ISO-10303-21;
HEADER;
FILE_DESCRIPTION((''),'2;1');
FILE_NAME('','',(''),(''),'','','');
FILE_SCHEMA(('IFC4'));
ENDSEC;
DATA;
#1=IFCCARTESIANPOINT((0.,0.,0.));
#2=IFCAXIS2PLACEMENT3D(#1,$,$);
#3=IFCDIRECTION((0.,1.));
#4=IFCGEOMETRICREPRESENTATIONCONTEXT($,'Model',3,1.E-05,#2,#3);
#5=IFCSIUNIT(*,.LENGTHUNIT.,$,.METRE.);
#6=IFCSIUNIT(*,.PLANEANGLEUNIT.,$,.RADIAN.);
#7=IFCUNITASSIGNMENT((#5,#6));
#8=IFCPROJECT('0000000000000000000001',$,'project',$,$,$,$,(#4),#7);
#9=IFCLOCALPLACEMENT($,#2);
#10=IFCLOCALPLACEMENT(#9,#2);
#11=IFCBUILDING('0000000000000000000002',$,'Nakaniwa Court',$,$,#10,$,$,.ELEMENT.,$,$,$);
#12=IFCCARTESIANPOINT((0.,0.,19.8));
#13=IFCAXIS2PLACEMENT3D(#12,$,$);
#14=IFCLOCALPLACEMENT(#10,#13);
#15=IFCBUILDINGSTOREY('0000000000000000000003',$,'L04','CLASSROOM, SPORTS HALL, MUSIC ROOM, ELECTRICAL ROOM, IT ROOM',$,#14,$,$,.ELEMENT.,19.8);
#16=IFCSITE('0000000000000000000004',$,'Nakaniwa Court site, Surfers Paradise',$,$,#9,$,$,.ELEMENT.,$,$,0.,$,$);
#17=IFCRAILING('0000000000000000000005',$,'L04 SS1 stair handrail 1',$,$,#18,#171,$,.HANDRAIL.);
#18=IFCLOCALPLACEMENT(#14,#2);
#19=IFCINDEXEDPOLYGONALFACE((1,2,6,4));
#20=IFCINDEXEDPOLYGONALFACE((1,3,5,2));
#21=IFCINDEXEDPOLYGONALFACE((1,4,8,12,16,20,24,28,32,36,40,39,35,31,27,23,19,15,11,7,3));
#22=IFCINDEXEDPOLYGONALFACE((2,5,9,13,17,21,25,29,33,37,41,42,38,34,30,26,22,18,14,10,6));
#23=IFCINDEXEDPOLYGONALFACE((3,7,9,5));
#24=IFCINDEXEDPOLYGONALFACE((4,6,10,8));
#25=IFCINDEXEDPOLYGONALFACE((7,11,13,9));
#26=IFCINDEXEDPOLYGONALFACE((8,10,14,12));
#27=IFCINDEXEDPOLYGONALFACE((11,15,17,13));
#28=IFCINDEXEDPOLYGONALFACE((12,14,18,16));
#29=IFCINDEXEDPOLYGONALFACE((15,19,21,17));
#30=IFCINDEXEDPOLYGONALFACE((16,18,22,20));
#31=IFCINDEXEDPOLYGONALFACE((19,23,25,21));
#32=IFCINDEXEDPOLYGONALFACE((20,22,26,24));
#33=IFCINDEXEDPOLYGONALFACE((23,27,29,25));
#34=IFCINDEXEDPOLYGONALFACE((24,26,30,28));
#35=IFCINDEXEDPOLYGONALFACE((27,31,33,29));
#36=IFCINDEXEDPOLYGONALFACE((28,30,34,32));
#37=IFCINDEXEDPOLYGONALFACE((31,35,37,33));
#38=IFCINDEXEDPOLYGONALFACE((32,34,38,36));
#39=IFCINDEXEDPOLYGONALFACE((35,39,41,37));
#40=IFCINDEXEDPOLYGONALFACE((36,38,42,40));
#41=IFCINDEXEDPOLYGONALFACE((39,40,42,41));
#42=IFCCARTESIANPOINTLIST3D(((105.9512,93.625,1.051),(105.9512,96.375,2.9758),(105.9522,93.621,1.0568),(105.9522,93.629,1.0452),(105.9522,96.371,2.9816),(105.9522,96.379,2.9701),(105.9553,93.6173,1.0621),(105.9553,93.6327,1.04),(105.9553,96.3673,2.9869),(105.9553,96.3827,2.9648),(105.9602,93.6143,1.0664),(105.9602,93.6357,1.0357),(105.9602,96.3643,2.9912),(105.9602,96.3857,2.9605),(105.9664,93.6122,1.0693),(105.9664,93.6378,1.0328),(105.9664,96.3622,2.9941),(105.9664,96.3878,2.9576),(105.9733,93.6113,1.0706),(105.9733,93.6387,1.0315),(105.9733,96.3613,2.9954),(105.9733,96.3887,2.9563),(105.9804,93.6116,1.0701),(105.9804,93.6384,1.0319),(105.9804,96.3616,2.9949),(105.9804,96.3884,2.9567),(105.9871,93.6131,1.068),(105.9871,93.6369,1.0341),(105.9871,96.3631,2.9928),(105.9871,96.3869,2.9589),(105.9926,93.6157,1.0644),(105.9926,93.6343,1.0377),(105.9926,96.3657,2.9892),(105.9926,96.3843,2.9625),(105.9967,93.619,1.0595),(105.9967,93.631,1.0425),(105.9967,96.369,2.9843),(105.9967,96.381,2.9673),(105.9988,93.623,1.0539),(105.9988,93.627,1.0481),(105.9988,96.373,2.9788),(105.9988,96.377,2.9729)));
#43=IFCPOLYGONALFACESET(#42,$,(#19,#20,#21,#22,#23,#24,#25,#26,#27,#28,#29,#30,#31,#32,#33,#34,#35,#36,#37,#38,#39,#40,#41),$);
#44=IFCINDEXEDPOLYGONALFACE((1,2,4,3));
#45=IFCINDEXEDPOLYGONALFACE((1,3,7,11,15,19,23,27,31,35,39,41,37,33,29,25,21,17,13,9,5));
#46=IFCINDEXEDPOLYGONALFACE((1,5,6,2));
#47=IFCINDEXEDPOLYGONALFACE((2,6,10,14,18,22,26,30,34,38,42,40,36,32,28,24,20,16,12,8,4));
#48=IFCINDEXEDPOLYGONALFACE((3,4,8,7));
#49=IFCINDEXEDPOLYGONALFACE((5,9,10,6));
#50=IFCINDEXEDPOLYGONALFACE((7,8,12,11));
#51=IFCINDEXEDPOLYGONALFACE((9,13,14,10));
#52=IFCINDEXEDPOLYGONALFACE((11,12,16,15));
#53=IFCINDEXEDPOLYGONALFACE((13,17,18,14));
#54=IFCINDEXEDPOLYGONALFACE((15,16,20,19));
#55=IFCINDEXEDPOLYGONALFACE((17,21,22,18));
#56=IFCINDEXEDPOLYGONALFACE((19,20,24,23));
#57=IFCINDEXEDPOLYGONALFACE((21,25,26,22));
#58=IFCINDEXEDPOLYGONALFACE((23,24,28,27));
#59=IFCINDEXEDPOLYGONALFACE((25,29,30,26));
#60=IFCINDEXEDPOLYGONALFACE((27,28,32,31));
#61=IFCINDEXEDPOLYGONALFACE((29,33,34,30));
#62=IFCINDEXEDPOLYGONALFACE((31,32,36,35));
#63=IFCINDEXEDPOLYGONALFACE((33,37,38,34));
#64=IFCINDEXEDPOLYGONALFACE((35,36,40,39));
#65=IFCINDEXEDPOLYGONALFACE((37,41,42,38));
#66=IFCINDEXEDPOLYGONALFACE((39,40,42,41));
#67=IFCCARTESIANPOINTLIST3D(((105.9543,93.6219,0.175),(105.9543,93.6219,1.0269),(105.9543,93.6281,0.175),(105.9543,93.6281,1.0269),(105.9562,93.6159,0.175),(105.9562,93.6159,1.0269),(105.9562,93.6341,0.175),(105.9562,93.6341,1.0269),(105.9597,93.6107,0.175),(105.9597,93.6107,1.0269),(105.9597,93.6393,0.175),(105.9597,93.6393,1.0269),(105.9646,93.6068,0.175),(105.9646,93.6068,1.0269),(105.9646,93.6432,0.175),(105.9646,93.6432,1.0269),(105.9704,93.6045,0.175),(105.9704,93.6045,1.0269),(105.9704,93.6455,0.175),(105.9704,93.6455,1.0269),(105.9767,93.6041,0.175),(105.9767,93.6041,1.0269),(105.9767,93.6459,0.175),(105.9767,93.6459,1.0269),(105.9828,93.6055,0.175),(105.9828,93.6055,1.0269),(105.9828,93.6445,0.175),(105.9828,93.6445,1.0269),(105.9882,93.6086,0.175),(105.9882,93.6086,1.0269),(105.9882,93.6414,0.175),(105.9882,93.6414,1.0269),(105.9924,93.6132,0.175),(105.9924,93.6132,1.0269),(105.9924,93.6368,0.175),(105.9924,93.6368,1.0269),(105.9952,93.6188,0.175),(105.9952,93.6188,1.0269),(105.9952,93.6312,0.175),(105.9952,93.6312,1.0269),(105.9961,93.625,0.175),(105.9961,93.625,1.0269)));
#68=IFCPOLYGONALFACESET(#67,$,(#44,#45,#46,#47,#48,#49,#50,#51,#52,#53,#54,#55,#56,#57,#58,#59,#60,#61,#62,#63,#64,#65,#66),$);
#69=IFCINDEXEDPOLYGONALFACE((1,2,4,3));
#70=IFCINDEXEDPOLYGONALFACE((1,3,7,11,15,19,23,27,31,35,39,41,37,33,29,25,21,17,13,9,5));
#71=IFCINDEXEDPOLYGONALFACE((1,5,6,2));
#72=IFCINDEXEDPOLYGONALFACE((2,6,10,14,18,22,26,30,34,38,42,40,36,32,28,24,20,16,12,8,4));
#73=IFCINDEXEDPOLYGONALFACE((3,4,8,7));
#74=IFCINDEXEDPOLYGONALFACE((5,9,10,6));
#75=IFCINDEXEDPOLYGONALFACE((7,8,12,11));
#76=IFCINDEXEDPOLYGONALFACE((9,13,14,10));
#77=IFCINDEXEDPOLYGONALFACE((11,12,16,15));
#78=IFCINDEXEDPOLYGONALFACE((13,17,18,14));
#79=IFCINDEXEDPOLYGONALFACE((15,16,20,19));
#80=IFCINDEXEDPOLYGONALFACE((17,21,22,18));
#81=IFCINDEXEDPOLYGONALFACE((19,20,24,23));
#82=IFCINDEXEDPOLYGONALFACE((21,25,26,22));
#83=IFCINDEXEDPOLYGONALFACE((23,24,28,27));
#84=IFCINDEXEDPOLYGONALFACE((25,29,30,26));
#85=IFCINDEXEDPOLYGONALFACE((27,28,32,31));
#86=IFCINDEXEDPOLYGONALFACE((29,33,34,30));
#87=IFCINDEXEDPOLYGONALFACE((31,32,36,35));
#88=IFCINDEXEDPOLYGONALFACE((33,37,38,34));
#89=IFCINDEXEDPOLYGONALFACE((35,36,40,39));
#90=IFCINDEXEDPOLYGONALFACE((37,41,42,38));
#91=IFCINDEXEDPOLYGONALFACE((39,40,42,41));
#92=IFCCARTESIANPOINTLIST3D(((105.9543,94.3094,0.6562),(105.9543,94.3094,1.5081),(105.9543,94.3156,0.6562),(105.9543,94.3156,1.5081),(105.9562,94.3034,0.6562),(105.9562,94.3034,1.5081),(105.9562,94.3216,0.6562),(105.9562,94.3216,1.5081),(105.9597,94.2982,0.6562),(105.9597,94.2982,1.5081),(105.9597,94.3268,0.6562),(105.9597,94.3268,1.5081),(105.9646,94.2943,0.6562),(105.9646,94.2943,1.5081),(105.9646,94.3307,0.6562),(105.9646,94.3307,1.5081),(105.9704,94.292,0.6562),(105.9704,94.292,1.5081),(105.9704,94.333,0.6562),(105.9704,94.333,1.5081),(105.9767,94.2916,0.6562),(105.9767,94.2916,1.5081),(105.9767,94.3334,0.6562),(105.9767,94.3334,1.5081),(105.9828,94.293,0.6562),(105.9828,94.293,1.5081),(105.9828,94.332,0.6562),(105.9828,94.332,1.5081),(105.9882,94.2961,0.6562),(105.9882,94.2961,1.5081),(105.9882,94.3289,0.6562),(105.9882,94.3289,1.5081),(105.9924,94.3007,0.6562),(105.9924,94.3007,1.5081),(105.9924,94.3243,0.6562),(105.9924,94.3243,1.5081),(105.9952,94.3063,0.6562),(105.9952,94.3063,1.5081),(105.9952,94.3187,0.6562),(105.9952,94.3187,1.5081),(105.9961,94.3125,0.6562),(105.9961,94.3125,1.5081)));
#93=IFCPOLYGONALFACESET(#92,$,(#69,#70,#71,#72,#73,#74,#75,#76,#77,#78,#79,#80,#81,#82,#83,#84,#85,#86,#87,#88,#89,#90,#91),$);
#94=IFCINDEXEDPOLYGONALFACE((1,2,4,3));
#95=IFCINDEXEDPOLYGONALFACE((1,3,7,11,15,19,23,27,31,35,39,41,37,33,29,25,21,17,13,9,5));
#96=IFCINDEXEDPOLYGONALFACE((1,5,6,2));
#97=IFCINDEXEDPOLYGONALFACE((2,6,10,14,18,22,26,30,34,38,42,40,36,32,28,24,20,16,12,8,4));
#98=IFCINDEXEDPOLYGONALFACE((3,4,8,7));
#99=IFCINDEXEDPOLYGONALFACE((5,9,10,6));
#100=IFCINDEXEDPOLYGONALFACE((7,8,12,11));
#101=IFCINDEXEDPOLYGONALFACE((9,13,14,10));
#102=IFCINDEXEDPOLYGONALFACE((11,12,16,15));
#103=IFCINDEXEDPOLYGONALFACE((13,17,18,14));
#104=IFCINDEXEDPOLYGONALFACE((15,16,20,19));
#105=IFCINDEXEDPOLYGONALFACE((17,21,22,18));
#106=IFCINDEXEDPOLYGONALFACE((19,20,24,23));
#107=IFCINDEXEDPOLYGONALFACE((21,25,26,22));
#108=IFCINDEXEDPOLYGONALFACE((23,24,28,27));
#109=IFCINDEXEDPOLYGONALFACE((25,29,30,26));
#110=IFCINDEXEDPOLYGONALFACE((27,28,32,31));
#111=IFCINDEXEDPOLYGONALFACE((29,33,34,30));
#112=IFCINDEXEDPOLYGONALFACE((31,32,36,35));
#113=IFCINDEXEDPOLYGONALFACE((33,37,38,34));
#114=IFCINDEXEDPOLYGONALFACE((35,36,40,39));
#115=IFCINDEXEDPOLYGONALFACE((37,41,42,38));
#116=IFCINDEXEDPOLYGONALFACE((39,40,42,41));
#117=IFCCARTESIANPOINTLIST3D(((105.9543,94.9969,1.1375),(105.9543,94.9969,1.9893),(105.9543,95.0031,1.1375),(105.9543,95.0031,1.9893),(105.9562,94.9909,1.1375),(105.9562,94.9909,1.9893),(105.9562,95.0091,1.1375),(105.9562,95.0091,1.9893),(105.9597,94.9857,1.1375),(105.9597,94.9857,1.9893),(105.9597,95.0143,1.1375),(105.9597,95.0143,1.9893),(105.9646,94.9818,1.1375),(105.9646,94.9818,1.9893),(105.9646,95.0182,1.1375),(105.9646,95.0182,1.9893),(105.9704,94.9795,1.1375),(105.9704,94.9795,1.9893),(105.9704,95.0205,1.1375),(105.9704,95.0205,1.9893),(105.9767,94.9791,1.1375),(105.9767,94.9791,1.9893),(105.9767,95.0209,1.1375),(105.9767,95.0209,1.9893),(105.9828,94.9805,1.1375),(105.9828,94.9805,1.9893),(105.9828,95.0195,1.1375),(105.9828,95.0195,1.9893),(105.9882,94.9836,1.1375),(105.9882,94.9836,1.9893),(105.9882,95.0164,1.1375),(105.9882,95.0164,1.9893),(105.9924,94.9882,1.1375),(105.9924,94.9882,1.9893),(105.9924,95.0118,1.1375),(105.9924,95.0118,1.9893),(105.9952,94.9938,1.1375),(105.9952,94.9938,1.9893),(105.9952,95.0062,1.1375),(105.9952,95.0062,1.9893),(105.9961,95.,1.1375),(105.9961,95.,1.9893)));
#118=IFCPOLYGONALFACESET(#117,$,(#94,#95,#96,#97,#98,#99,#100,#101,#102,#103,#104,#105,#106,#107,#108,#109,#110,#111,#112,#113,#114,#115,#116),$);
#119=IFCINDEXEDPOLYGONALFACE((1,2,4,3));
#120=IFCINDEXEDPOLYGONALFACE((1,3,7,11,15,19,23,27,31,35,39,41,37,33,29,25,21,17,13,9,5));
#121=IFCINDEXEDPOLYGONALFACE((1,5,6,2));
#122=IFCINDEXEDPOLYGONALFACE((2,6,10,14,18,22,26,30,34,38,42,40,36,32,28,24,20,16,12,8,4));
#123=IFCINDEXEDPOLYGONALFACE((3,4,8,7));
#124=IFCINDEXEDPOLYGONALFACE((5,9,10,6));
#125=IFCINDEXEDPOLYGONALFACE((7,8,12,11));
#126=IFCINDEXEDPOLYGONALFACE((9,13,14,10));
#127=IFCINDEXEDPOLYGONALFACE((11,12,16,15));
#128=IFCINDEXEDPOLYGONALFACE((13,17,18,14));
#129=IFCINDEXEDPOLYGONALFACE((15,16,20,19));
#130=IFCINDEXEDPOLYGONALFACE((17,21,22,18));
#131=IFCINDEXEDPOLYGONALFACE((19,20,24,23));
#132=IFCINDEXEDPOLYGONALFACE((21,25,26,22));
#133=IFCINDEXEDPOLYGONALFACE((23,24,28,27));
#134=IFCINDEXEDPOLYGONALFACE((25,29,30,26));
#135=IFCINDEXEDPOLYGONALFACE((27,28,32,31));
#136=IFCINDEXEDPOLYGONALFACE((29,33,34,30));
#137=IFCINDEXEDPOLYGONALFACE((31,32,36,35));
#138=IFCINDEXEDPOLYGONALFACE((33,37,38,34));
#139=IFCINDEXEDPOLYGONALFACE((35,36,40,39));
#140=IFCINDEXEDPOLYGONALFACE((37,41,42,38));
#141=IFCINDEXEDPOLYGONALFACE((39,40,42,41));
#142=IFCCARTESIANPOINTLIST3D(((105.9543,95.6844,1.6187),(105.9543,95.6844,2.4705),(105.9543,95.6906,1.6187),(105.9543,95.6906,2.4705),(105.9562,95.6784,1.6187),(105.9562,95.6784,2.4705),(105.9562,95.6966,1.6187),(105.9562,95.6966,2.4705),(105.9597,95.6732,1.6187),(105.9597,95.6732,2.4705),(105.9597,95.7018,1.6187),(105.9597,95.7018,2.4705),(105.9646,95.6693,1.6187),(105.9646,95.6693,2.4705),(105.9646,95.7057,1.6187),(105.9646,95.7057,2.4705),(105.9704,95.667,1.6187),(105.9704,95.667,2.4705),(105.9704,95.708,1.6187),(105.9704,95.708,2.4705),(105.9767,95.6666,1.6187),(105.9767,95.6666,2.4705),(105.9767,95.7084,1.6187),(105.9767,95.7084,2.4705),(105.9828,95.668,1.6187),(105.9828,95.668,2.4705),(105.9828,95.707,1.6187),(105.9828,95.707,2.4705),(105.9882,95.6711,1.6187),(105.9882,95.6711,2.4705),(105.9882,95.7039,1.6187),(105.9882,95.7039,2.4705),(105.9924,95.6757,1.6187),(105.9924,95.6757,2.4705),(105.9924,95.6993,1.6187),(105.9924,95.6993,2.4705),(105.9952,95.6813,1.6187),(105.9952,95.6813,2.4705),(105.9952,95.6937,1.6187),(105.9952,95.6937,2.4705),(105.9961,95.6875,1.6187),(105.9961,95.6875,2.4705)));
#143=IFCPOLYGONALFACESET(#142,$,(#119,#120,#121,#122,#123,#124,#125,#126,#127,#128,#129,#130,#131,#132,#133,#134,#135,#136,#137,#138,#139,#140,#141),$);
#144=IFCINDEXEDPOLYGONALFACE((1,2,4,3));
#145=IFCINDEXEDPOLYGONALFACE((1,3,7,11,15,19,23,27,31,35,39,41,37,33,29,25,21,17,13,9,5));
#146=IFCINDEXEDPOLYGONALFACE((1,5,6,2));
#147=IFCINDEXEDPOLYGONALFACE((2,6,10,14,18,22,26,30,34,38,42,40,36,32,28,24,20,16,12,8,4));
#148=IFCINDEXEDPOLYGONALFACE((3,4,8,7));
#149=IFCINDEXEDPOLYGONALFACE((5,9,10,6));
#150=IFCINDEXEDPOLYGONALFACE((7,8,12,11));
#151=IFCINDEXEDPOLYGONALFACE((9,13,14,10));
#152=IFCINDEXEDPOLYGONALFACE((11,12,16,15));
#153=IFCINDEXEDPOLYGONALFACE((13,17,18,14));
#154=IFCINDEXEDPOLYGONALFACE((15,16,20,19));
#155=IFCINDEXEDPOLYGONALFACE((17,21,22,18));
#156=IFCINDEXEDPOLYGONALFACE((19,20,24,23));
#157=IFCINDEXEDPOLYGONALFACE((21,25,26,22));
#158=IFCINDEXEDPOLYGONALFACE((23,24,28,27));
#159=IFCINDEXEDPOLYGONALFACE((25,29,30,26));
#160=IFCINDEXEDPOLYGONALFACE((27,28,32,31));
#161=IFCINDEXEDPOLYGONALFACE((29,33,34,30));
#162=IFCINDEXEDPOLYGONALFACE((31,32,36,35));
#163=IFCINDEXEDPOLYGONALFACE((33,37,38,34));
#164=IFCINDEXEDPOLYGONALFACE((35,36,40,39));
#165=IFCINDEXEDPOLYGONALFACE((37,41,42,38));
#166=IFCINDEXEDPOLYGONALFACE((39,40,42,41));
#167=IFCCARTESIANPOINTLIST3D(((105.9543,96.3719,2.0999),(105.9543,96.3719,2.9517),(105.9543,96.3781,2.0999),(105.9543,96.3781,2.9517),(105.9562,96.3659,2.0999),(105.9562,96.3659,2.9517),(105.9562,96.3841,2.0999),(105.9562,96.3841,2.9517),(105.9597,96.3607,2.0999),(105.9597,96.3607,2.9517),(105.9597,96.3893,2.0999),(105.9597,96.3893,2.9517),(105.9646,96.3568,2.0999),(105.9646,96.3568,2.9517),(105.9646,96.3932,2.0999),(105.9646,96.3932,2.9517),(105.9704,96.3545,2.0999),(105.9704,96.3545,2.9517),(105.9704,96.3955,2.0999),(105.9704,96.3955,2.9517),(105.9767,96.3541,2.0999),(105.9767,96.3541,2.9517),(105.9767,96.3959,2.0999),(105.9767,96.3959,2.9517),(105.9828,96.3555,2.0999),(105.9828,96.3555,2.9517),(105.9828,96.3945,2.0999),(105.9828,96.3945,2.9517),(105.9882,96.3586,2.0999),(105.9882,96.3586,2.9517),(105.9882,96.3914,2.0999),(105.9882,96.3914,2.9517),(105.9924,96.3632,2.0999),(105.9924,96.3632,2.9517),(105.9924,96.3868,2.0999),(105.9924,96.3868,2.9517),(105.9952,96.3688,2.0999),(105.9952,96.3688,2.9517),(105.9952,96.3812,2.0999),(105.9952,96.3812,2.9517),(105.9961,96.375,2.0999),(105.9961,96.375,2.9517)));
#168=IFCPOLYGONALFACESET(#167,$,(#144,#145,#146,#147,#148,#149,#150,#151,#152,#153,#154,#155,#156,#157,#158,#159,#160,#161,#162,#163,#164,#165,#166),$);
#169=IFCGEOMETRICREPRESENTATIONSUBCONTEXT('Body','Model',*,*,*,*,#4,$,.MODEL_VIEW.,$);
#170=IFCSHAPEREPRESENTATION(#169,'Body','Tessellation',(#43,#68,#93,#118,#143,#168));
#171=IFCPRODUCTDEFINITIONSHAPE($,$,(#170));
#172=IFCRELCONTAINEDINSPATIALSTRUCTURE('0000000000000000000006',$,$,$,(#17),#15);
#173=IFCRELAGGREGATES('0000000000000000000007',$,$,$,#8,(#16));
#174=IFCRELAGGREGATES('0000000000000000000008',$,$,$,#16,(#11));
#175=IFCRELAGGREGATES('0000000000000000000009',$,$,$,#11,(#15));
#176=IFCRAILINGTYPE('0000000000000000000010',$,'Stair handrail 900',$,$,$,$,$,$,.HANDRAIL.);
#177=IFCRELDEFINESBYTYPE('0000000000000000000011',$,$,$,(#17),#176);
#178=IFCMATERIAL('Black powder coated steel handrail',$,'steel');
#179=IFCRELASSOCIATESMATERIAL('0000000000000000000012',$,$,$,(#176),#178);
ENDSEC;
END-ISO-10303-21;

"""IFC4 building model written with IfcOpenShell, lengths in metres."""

from ifc_helpers import new_model, si_unit, direction, frame, origin, origin_2d, place, context, subcontext, project, spatial, circle, extrude, material, type_object, element, save


model = new_model("IFC4")

# Units and contexts
model_context = context("Model", 3, precision=1e-05, world=origin(), true_north=direction((0.0, 1.0)))
body_context = subcontext(model_context, "Body", "Model", "MODEL_VIEW")
ifc_project = project(units=[si_unit("LENGTHUNIT", "METRE"), si_unit("PLANEANGLEUNIT", "RADIAN")], contexts=[model_context])

# Site, building, storey
site_placement = place(None, origin())
site = spatial("IfcSite", under=ifc_project, at=site_placement, Name="Nakaniwa Court site, Surfers Paradise", CompositionType="ELEMENT", RefElevation=0.0)
building_placement = place(site_placement, origin())
building = spatial("IfcBuilding", under=site, at=building_placement, Name="Nakaniwa Court", CompositionType="ELEMENT")
storey_placement = place(building_placement, frame((0.0, 0.0, 19.8)))
storey = spatial("IfcBuildingStorey", under=building, at=storey_placement, Name="L04", Description="CLASSROOM, SPORTS HALL, MUSIC ROOM, ELECTRICAL ROOM, IT ROOM", CompositionType="ELEMENT", Elevation=19.8)

# Railing
ifc_material_1 = material(Name="Black powder coated steel handrail", Category="steel")
railing_type_1 = type_object("IfcRailingType", Name="Stair handrail 900", PredefinedType="HANDRAIL", material=ifc_material_1)
railing_1_placement = place(storey_placement, frame((105.9751, 93.625, 0.175)))
element("IfcRailing", 1, at=railing_1_placement, inside=storey, type_object=railing_type_1, Name="L04 SS1 stair handrail 1", PredefinedType="HANDRAIL", context=body_context, shape_type="SweptSolid", body=[
    extrude(circle(Radius=0.0239, at=origin_2d()), frame((0.0, 0.0, 0.876), z_axis=(0.0, 0.819259, 0.573423), x_axis=(-1.0, 0.0, 0.0)), (0.0, 0.0, 1.0), 3.3567),
    extrude(circle(Radius=0.021, at=origin_2d()), origin(), (0.0, 0.0, 1.0), 0.8518),
    extrude(circle(Radius=0.021, at=origin_2d()), frame((0.0, 0.6875, 0.4812)), (0.0, 0.0, 1.0), 0.8518),
    extrude(circle(Radius=0.021, at=origin_2d()), frame((0.0, 1.375, 0.9624)), (0.0, 0.0, 1.0), 0.8518),
    extrude(circle(Radius=0.021, at=origin_2d()), frame((0.0, 2.0625, 1.4436)), (0.0, 0.0, 1.0), 0.8518),
    extrude(circle(Radius=0.021, at=origin_2d()), frame((0.0, 2.75, 1.9248)), (0.0, 0.0, 1.0), 0.8518),
])

save(model, "model.ifc")
